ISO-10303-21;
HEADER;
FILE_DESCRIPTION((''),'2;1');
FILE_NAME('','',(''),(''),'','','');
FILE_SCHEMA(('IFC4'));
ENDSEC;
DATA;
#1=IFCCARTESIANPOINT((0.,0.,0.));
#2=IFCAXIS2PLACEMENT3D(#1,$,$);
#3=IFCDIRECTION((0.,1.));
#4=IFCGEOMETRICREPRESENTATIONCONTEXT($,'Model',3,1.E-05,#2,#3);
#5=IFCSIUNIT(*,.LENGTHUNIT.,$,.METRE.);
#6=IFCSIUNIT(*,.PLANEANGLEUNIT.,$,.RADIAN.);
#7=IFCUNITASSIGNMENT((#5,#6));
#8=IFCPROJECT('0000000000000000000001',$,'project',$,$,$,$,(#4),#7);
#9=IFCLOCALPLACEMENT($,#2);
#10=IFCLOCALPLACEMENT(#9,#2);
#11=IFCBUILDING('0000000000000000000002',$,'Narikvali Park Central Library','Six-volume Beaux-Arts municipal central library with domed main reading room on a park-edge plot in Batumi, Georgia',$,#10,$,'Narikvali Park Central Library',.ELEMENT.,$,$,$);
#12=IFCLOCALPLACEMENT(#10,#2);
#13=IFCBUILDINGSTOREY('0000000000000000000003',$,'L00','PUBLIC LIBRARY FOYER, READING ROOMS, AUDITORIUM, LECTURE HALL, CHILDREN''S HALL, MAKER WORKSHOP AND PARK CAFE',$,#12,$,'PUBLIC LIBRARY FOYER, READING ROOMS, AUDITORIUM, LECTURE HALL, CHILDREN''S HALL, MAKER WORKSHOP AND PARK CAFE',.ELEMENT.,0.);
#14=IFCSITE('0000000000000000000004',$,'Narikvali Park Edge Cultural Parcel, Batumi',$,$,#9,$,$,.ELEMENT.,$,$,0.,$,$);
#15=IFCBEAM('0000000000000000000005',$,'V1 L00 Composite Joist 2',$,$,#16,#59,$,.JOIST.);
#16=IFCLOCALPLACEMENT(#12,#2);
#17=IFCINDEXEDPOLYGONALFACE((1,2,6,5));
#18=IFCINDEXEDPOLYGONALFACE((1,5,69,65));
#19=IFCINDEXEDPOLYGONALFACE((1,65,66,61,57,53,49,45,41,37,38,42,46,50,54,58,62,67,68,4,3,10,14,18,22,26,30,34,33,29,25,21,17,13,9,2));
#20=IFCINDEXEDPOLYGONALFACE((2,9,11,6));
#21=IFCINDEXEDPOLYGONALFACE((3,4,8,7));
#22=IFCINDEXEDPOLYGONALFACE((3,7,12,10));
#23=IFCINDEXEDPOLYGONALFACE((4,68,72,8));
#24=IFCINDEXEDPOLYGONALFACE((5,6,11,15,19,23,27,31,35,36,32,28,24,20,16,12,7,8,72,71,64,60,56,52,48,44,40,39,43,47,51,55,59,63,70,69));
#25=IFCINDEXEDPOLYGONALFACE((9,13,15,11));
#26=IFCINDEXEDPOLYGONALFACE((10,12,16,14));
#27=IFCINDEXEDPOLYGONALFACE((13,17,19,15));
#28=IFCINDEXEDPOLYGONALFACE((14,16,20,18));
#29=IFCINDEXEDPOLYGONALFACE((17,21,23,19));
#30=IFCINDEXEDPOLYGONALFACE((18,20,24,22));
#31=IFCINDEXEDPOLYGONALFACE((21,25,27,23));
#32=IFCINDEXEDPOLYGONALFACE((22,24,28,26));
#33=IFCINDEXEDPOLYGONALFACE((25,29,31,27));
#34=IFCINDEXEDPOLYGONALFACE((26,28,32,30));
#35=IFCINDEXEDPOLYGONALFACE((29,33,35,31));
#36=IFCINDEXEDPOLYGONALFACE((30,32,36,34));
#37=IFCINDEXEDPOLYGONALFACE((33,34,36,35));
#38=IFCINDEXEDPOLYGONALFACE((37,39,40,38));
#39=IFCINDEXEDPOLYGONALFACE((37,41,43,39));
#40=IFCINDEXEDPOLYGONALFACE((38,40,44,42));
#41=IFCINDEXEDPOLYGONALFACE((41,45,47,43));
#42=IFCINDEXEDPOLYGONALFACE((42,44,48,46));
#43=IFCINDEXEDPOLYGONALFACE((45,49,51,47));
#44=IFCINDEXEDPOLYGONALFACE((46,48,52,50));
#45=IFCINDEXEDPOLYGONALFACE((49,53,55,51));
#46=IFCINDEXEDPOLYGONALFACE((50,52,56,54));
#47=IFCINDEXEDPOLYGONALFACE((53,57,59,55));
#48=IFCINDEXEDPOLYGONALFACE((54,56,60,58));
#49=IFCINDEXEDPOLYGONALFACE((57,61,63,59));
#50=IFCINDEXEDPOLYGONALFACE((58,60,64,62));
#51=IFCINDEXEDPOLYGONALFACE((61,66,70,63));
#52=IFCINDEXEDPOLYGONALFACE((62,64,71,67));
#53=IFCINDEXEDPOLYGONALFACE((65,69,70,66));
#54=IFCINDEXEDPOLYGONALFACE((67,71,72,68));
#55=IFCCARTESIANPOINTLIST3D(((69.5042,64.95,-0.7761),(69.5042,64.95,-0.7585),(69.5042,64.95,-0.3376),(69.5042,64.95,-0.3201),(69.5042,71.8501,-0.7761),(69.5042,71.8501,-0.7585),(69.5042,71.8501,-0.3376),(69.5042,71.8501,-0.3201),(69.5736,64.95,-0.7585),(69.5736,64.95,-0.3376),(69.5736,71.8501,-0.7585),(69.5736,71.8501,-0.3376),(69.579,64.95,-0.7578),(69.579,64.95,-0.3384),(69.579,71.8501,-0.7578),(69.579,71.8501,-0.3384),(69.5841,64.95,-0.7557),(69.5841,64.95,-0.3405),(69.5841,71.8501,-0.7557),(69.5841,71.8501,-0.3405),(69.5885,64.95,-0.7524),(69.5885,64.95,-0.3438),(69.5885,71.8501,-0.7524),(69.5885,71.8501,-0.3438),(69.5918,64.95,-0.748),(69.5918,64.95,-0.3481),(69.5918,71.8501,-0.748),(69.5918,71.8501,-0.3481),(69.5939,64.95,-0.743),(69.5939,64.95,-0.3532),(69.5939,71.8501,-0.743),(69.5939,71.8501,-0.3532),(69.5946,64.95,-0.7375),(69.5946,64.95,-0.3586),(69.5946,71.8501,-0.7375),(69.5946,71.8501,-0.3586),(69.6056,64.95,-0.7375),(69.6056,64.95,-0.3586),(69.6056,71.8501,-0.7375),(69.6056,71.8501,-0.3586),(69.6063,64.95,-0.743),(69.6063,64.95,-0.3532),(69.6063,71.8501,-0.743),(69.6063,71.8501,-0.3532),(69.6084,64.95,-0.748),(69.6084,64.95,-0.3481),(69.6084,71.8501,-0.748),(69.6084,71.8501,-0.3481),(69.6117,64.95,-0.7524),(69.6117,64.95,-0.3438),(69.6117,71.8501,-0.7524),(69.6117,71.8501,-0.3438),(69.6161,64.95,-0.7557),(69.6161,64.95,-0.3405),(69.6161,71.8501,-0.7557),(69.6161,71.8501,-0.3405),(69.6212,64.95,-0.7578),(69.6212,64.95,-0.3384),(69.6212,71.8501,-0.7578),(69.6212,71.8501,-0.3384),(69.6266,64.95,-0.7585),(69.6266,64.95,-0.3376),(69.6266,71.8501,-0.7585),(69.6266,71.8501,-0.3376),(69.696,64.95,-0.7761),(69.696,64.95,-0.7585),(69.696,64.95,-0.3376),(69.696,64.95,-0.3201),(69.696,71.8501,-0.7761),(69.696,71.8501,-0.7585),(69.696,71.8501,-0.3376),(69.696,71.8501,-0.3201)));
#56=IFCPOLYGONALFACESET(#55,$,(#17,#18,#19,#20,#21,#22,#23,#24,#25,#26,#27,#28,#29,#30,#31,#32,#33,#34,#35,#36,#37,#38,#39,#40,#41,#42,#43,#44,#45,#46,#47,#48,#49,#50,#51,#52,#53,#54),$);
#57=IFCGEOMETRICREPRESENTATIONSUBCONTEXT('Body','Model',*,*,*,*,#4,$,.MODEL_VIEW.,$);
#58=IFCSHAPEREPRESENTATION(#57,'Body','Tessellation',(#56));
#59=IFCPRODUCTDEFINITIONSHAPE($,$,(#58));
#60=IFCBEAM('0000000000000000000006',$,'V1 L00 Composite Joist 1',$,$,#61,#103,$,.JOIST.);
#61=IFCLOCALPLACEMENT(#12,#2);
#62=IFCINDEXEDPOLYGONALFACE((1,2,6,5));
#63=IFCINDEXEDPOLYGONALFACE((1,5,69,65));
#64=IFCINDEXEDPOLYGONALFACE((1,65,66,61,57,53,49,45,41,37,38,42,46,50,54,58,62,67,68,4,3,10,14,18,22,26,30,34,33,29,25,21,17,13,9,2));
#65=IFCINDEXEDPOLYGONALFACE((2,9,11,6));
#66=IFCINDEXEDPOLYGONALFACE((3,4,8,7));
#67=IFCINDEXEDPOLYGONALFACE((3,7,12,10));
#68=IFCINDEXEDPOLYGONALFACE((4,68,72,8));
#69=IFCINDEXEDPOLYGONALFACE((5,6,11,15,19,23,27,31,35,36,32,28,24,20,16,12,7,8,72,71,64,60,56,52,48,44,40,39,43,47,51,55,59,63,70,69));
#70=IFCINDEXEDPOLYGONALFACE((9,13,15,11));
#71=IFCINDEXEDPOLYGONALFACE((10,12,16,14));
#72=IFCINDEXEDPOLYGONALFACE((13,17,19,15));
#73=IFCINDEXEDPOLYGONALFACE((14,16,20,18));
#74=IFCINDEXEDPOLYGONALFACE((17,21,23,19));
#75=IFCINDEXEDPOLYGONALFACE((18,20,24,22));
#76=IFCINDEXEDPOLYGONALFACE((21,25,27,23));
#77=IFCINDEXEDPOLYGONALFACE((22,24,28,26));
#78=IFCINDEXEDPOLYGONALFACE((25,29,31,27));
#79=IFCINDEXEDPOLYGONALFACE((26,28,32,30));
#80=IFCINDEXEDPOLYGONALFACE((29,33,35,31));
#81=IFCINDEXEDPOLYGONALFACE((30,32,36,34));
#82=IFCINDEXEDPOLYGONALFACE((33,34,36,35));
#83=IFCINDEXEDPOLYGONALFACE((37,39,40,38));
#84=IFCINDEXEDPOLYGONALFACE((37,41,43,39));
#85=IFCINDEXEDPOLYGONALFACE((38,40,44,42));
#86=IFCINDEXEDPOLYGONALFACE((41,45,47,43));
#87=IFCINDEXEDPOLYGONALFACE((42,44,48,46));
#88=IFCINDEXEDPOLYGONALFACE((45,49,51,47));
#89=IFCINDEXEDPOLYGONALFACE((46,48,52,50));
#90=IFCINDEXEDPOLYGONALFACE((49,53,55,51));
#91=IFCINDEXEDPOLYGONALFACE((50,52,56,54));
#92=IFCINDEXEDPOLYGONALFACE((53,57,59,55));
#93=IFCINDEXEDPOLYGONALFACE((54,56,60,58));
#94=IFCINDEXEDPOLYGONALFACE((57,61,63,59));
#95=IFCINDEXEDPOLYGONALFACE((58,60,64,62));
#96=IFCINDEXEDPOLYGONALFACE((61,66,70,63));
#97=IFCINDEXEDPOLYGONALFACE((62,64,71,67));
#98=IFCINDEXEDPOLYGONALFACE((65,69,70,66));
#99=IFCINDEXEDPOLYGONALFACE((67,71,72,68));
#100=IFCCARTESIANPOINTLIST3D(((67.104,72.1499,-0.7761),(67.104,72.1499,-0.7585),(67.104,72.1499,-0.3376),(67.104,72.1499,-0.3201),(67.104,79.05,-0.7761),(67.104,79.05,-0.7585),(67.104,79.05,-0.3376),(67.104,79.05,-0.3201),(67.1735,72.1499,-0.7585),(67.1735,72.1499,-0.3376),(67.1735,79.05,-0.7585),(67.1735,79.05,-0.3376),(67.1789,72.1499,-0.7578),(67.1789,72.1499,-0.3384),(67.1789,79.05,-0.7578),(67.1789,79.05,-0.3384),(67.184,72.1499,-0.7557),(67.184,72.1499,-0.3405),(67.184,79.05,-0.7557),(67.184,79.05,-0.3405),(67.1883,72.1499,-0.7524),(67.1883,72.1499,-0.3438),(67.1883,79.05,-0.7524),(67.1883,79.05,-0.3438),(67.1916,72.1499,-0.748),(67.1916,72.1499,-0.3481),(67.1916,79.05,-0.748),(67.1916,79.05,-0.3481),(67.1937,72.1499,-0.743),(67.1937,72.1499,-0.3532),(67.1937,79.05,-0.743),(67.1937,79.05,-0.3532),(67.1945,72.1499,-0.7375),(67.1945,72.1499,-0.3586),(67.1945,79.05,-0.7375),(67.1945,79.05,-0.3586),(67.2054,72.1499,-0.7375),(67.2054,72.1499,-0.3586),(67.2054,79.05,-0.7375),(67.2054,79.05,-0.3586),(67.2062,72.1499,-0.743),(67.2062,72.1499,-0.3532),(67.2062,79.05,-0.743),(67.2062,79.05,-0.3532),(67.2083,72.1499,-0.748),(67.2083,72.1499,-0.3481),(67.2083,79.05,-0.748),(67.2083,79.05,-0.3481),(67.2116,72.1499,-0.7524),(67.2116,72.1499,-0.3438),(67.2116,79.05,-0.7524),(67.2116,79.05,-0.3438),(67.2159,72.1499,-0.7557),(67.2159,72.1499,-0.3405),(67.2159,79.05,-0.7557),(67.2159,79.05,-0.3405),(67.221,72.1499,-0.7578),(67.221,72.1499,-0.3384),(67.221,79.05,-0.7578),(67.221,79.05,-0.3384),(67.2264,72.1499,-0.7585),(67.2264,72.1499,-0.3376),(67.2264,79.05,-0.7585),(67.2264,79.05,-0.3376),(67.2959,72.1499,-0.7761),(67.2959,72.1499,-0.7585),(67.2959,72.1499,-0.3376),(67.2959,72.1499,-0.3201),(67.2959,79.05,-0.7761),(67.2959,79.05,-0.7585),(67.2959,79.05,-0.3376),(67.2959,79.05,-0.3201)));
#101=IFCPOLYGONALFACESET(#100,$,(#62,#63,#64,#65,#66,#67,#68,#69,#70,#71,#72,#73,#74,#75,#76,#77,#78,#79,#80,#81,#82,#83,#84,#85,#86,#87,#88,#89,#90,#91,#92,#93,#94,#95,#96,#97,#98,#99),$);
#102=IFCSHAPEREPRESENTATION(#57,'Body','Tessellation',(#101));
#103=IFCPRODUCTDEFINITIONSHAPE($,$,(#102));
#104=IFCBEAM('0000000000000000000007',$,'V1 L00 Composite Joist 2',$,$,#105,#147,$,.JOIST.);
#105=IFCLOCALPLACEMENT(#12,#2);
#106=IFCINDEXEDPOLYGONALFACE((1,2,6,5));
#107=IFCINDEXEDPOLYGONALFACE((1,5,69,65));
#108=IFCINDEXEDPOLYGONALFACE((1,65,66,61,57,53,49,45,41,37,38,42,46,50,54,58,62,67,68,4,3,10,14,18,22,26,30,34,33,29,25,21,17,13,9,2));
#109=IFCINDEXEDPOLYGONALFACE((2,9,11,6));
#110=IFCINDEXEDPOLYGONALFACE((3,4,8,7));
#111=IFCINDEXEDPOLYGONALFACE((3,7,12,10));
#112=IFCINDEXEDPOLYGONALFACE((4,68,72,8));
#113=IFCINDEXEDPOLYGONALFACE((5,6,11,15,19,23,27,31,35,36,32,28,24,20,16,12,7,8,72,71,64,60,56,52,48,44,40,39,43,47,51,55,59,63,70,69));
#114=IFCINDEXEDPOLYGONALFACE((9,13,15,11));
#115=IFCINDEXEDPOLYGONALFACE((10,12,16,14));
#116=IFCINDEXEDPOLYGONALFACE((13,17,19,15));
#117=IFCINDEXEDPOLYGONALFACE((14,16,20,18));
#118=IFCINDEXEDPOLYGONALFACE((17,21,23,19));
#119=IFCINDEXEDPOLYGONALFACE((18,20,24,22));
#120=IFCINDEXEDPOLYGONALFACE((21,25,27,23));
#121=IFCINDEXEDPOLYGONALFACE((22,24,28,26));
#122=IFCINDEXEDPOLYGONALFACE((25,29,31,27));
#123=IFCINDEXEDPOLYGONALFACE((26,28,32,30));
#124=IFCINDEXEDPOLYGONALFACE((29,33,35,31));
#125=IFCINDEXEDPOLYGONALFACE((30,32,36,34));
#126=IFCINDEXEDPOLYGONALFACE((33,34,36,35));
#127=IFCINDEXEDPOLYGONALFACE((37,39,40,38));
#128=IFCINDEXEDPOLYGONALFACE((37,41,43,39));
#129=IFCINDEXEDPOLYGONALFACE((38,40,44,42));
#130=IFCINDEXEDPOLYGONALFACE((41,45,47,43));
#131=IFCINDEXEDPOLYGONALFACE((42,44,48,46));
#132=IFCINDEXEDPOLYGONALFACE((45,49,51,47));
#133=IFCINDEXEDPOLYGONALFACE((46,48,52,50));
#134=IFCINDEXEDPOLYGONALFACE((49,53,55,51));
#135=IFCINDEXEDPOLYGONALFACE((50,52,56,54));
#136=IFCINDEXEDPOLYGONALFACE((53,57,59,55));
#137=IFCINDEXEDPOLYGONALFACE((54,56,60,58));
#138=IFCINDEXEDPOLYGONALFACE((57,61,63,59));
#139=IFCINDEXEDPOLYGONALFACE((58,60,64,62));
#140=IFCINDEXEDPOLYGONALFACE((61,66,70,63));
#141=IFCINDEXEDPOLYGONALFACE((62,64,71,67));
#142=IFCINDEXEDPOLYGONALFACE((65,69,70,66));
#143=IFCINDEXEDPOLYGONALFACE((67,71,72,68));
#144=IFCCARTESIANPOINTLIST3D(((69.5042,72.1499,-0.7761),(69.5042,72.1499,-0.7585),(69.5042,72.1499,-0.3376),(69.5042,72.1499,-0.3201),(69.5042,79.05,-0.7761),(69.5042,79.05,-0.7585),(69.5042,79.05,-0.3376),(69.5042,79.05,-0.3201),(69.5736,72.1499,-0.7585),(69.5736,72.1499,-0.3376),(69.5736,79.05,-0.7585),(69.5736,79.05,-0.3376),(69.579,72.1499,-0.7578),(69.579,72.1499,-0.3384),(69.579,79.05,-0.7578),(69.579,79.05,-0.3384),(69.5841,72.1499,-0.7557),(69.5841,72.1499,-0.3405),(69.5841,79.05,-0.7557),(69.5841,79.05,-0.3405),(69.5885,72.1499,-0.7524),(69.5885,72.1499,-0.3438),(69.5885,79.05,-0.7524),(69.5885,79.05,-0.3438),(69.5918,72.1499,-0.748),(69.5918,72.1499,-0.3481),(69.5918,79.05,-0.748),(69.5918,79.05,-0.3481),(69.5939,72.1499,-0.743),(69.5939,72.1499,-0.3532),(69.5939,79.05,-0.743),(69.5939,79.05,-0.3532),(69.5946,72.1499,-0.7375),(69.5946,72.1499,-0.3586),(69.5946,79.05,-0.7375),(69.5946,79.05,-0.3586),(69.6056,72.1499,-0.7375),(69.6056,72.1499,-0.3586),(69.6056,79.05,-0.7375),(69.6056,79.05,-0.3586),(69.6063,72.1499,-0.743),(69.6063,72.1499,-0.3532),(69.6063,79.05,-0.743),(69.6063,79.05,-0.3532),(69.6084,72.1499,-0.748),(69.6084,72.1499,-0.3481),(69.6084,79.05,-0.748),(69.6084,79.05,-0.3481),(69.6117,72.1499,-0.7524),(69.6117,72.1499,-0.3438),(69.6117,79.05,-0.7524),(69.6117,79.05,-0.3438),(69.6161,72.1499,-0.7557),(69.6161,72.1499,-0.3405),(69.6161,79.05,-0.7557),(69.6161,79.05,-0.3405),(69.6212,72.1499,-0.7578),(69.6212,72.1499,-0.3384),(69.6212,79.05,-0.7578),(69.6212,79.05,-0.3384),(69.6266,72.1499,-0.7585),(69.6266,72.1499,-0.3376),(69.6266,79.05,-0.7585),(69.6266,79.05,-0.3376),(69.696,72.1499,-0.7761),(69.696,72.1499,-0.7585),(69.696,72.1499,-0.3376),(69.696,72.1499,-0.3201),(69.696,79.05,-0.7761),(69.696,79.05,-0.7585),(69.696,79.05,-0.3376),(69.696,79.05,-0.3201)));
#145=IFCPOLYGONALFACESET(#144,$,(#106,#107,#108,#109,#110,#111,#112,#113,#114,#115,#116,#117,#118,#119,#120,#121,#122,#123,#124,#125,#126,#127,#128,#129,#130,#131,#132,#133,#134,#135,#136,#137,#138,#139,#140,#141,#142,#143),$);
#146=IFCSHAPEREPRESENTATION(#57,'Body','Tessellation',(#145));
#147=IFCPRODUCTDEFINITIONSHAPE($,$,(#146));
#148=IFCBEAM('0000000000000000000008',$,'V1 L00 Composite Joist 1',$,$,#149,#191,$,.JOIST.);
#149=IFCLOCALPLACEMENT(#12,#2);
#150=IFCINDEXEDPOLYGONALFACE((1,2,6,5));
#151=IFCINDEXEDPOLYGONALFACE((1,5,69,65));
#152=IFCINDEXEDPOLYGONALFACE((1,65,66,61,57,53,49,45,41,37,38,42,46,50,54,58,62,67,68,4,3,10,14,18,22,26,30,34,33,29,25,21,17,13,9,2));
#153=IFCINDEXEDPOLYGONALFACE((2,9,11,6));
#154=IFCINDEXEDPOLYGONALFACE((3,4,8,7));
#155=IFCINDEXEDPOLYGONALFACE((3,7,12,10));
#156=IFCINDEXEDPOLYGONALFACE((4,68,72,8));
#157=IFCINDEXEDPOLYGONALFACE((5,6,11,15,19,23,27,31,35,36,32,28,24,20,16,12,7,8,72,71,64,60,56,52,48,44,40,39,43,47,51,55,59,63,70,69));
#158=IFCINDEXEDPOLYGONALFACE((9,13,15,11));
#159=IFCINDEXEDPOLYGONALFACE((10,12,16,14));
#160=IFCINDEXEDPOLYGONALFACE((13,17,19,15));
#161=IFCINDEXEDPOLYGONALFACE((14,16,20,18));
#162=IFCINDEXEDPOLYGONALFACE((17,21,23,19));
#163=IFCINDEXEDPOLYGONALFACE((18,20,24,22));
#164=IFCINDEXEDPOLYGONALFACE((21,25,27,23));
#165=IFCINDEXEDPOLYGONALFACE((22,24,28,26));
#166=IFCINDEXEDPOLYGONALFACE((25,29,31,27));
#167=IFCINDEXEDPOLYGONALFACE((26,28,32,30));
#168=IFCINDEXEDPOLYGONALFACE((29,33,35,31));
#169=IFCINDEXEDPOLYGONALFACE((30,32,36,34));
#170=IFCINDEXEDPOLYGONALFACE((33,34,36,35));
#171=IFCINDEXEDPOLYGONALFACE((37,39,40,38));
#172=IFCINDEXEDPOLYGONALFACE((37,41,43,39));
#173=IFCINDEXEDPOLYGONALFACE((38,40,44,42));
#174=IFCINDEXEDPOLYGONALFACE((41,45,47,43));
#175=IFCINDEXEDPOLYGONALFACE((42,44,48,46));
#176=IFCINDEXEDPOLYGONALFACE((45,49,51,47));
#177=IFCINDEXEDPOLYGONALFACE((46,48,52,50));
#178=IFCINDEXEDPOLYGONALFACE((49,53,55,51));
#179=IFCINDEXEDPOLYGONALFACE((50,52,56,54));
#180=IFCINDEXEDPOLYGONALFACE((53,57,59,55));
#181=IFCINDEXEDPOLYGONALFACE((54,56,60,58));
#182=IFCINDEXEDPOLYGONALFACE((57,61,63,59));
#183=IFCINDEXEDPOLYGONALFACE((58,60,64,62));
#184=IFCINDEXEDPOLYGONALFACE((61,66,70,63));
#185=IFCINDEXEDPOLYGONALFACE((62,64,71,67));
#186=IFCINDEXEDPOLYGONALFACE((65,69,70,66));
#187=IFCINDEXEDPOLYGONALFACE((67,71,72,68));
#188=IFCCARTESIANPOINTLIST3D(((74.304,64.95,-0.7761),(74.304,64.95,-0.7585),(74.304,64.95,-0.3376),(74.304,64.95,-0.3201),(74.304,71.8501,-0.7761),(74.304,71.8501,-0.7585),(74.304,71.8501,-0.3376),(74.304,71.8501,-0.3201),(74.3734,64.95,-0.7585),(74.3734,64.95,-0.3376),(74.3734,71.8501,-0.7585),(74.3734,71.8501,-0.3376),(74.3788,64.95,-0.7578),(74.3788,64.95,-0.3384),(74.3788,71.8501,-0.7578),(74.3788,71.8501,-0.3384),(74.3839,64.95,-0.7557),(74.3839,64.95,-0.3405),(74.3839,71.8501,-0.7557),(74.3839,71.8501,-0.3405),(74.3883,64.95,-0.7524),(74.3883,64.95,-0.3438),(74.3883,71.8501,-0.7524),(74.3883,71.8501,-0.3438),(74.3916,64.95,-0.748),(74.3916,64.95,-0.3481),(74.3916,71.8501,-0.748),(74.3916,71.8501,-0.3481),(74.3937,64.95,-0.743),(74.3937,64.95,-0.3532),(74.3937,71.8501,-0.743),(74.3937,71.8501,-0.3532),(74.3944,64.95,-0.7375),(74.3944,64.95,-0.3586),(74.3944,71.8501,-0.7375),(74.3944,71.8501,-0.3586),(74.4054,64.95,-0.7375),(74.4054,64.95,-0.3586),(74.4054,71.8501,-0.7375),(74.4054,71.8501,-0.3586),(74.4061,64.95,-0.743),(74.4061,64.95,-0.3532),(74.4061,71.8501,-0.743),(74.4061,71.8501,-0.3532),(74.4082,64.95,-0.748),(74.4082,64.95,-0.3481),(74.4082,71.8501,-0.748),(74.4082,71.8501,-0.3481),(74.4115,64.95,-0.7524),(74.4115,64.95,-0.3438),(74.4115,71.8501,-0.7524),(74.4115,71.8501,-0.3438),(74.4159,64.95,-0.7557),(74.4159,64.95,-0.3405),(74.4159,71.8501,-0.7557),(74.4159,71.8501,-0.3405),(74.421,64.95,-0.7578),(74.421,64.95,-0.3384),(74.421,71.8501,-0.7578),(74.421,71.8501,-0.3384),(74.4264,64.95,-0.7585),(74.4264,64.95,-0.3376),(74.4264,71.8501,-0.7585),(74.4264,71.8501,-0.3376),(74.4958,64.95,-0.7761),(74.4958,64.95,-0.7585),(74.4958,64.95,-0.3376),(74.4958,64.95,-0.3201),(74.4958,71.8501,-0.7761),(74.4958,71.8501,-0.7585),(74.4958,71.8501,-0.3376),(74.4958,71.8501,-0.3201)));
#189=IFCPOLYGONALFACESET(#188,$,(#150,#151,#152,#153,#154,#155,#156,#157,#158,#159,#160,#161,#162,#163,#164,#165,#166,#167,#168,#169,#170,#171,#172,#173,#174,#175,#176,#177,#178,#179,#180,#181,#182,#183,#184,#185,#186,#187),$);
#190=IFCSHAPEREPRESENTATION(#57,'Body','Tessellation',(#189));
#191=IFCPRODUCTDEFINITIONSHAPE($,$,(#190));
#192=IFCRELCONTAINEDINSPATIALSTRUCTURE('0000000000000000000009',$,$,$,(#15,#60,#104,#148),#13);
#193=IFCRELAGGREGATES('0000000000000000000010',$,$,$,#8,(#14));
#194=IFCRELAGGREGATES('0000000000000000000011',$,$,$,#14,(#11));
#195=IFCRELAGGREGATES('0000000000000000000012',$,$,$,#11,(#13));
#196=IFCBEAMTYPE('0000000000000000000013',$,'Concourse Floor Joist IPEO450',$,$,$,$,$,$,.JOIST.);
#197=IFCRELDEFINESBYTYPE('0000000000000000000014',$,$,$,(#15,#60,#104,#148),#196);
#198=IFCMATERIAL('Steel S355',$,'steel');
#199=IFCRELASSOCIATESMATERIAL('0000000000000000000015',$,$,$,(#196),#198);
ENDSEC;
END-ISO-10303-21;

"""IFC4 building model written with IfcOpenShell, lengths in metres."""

from ifc_helpers import new_model, si_unit, direction, frame, origin, origin_2d, place, context, subcontext, project, spatial, i_section, extrude, material, material_profile, profile_set, type_object, element, save


model = new_model("IFC4")

# Units and contexts
model_context = context("Model", 3, precision=1e-05, world=origin(), true_north=direction((0.0, 1.0)))
body_context = subcontext(model_context, "Body", "Model", "MODEL_VIEW")
ifc_project = project(units=[si_unit("LENGTHUNIT", "METRE"), si_unit("PLANEANGLEUNIT", "RADIAN")], contexts=[model_context])

# Site, building, storey
site_placement = place(None, origin())
site = spatial("IfcSite", under=ifc_project, at=site_placement, Name="Narikvali Park Edge Cultural Parcel, Batumi", CompositionType="ELEMENT", RefElevation=0.0)
building_placement = place(site_placement, origin())
building = spatial("IfcBuilding", under=site, at=building_placement, Name="Narikvali Park Central Library", Description="Six-volume Beaux-Arts municipal central library with domed main reading room on a park-edge plot in Batumi, Georgia", LongName="Narikvali Park Central Library", CompositionType="ELEMENT")
storey_placement = place(building_placement, origin())
storey = spatial("IfcBuildingStorey", under=building, at=storey_placement, Name="L00", Description="PUBLIC LIBRARY FOYER, READING ROOMS, AUDITORIUM, LECTURE HALL, CHILDREN'S HALL, MAKER WORKSHOP AND PARK CAFE", LongName="PUBLIC LIBRARY FOYER, READING ROOMS, AUDITORIUM, LECTURE HALL, CHILDREN'S HALL, MAKER WORKSHOP AND PARK CAFE", CompositionType="ELEMENT", Elevation=0.0)

# Shared definitions
ifc_material_1 = material(Name="Steel S355", Category="steel")

# Beams
ifc_material_profile_1 = material_profile(ifc_material_1, i_section(OverallWidth=0.1919, OverallDepth=0.4561, WebThickness=0.011, FlangeThickness=0.0176, FilletRadius=0.021, at=origin_2d()), Name="IPEO 450")
ifc_profile_set_1 = profile_set([ifc_material_profile_1], Name="Steel S355")
beam_type_1 = type_object("IfcBeamType", Name="Concourse Floor Joist IPEO450", PredefinedType="JOIST", material=ifc_profile_set_1)
for number, where, z_axis, x_axis, name in (
    (1, (69.6001, 64.95, -0.5481), (0.0, 1.0, 0.0), (-1.0, 0.0, 0.0), "V1 L00 Composite Joist 2"),
    (2, (67.2, 72.1499, -0.5481), (0.0, 1.0, 0.0), (-1.0, 0.0, 0.0), "V1 L00 Composite Joist 1"),
    (3, (69.6001, 72.1499, -0.5481), (0.0, 1.0, 0.0), (-1.0, 0.0, 0.0), "V1 L00 Composite Joist 2"),
    (4, (74.3999, 64.95, -0.5481), (0.0, 1.0, 0.0), (-1.0, 0.0, 0.0), "V1 L00 Composite Joist 1"),
):
    element("IfcBeam", number, at=place(storey_placement, frame(where, z_axis=z_axis, x_axis=x_axis)), inside=storey, type_object=beam_type_1, Name=name, PredefinedType="JOIST", context=body_context, shape_type="SweptSolid", body=[
        extrude(i_section(OverallWidth=0.1919, OverallDepth=0.4561, WebThickness=0.011, FlangeThickness=0.0176, FilletRadius=0.021, at=origin_2d()), origin(), (0.0, 0.0, 1.0), 6.9001),
    ])

save(model, "model.ifc")
